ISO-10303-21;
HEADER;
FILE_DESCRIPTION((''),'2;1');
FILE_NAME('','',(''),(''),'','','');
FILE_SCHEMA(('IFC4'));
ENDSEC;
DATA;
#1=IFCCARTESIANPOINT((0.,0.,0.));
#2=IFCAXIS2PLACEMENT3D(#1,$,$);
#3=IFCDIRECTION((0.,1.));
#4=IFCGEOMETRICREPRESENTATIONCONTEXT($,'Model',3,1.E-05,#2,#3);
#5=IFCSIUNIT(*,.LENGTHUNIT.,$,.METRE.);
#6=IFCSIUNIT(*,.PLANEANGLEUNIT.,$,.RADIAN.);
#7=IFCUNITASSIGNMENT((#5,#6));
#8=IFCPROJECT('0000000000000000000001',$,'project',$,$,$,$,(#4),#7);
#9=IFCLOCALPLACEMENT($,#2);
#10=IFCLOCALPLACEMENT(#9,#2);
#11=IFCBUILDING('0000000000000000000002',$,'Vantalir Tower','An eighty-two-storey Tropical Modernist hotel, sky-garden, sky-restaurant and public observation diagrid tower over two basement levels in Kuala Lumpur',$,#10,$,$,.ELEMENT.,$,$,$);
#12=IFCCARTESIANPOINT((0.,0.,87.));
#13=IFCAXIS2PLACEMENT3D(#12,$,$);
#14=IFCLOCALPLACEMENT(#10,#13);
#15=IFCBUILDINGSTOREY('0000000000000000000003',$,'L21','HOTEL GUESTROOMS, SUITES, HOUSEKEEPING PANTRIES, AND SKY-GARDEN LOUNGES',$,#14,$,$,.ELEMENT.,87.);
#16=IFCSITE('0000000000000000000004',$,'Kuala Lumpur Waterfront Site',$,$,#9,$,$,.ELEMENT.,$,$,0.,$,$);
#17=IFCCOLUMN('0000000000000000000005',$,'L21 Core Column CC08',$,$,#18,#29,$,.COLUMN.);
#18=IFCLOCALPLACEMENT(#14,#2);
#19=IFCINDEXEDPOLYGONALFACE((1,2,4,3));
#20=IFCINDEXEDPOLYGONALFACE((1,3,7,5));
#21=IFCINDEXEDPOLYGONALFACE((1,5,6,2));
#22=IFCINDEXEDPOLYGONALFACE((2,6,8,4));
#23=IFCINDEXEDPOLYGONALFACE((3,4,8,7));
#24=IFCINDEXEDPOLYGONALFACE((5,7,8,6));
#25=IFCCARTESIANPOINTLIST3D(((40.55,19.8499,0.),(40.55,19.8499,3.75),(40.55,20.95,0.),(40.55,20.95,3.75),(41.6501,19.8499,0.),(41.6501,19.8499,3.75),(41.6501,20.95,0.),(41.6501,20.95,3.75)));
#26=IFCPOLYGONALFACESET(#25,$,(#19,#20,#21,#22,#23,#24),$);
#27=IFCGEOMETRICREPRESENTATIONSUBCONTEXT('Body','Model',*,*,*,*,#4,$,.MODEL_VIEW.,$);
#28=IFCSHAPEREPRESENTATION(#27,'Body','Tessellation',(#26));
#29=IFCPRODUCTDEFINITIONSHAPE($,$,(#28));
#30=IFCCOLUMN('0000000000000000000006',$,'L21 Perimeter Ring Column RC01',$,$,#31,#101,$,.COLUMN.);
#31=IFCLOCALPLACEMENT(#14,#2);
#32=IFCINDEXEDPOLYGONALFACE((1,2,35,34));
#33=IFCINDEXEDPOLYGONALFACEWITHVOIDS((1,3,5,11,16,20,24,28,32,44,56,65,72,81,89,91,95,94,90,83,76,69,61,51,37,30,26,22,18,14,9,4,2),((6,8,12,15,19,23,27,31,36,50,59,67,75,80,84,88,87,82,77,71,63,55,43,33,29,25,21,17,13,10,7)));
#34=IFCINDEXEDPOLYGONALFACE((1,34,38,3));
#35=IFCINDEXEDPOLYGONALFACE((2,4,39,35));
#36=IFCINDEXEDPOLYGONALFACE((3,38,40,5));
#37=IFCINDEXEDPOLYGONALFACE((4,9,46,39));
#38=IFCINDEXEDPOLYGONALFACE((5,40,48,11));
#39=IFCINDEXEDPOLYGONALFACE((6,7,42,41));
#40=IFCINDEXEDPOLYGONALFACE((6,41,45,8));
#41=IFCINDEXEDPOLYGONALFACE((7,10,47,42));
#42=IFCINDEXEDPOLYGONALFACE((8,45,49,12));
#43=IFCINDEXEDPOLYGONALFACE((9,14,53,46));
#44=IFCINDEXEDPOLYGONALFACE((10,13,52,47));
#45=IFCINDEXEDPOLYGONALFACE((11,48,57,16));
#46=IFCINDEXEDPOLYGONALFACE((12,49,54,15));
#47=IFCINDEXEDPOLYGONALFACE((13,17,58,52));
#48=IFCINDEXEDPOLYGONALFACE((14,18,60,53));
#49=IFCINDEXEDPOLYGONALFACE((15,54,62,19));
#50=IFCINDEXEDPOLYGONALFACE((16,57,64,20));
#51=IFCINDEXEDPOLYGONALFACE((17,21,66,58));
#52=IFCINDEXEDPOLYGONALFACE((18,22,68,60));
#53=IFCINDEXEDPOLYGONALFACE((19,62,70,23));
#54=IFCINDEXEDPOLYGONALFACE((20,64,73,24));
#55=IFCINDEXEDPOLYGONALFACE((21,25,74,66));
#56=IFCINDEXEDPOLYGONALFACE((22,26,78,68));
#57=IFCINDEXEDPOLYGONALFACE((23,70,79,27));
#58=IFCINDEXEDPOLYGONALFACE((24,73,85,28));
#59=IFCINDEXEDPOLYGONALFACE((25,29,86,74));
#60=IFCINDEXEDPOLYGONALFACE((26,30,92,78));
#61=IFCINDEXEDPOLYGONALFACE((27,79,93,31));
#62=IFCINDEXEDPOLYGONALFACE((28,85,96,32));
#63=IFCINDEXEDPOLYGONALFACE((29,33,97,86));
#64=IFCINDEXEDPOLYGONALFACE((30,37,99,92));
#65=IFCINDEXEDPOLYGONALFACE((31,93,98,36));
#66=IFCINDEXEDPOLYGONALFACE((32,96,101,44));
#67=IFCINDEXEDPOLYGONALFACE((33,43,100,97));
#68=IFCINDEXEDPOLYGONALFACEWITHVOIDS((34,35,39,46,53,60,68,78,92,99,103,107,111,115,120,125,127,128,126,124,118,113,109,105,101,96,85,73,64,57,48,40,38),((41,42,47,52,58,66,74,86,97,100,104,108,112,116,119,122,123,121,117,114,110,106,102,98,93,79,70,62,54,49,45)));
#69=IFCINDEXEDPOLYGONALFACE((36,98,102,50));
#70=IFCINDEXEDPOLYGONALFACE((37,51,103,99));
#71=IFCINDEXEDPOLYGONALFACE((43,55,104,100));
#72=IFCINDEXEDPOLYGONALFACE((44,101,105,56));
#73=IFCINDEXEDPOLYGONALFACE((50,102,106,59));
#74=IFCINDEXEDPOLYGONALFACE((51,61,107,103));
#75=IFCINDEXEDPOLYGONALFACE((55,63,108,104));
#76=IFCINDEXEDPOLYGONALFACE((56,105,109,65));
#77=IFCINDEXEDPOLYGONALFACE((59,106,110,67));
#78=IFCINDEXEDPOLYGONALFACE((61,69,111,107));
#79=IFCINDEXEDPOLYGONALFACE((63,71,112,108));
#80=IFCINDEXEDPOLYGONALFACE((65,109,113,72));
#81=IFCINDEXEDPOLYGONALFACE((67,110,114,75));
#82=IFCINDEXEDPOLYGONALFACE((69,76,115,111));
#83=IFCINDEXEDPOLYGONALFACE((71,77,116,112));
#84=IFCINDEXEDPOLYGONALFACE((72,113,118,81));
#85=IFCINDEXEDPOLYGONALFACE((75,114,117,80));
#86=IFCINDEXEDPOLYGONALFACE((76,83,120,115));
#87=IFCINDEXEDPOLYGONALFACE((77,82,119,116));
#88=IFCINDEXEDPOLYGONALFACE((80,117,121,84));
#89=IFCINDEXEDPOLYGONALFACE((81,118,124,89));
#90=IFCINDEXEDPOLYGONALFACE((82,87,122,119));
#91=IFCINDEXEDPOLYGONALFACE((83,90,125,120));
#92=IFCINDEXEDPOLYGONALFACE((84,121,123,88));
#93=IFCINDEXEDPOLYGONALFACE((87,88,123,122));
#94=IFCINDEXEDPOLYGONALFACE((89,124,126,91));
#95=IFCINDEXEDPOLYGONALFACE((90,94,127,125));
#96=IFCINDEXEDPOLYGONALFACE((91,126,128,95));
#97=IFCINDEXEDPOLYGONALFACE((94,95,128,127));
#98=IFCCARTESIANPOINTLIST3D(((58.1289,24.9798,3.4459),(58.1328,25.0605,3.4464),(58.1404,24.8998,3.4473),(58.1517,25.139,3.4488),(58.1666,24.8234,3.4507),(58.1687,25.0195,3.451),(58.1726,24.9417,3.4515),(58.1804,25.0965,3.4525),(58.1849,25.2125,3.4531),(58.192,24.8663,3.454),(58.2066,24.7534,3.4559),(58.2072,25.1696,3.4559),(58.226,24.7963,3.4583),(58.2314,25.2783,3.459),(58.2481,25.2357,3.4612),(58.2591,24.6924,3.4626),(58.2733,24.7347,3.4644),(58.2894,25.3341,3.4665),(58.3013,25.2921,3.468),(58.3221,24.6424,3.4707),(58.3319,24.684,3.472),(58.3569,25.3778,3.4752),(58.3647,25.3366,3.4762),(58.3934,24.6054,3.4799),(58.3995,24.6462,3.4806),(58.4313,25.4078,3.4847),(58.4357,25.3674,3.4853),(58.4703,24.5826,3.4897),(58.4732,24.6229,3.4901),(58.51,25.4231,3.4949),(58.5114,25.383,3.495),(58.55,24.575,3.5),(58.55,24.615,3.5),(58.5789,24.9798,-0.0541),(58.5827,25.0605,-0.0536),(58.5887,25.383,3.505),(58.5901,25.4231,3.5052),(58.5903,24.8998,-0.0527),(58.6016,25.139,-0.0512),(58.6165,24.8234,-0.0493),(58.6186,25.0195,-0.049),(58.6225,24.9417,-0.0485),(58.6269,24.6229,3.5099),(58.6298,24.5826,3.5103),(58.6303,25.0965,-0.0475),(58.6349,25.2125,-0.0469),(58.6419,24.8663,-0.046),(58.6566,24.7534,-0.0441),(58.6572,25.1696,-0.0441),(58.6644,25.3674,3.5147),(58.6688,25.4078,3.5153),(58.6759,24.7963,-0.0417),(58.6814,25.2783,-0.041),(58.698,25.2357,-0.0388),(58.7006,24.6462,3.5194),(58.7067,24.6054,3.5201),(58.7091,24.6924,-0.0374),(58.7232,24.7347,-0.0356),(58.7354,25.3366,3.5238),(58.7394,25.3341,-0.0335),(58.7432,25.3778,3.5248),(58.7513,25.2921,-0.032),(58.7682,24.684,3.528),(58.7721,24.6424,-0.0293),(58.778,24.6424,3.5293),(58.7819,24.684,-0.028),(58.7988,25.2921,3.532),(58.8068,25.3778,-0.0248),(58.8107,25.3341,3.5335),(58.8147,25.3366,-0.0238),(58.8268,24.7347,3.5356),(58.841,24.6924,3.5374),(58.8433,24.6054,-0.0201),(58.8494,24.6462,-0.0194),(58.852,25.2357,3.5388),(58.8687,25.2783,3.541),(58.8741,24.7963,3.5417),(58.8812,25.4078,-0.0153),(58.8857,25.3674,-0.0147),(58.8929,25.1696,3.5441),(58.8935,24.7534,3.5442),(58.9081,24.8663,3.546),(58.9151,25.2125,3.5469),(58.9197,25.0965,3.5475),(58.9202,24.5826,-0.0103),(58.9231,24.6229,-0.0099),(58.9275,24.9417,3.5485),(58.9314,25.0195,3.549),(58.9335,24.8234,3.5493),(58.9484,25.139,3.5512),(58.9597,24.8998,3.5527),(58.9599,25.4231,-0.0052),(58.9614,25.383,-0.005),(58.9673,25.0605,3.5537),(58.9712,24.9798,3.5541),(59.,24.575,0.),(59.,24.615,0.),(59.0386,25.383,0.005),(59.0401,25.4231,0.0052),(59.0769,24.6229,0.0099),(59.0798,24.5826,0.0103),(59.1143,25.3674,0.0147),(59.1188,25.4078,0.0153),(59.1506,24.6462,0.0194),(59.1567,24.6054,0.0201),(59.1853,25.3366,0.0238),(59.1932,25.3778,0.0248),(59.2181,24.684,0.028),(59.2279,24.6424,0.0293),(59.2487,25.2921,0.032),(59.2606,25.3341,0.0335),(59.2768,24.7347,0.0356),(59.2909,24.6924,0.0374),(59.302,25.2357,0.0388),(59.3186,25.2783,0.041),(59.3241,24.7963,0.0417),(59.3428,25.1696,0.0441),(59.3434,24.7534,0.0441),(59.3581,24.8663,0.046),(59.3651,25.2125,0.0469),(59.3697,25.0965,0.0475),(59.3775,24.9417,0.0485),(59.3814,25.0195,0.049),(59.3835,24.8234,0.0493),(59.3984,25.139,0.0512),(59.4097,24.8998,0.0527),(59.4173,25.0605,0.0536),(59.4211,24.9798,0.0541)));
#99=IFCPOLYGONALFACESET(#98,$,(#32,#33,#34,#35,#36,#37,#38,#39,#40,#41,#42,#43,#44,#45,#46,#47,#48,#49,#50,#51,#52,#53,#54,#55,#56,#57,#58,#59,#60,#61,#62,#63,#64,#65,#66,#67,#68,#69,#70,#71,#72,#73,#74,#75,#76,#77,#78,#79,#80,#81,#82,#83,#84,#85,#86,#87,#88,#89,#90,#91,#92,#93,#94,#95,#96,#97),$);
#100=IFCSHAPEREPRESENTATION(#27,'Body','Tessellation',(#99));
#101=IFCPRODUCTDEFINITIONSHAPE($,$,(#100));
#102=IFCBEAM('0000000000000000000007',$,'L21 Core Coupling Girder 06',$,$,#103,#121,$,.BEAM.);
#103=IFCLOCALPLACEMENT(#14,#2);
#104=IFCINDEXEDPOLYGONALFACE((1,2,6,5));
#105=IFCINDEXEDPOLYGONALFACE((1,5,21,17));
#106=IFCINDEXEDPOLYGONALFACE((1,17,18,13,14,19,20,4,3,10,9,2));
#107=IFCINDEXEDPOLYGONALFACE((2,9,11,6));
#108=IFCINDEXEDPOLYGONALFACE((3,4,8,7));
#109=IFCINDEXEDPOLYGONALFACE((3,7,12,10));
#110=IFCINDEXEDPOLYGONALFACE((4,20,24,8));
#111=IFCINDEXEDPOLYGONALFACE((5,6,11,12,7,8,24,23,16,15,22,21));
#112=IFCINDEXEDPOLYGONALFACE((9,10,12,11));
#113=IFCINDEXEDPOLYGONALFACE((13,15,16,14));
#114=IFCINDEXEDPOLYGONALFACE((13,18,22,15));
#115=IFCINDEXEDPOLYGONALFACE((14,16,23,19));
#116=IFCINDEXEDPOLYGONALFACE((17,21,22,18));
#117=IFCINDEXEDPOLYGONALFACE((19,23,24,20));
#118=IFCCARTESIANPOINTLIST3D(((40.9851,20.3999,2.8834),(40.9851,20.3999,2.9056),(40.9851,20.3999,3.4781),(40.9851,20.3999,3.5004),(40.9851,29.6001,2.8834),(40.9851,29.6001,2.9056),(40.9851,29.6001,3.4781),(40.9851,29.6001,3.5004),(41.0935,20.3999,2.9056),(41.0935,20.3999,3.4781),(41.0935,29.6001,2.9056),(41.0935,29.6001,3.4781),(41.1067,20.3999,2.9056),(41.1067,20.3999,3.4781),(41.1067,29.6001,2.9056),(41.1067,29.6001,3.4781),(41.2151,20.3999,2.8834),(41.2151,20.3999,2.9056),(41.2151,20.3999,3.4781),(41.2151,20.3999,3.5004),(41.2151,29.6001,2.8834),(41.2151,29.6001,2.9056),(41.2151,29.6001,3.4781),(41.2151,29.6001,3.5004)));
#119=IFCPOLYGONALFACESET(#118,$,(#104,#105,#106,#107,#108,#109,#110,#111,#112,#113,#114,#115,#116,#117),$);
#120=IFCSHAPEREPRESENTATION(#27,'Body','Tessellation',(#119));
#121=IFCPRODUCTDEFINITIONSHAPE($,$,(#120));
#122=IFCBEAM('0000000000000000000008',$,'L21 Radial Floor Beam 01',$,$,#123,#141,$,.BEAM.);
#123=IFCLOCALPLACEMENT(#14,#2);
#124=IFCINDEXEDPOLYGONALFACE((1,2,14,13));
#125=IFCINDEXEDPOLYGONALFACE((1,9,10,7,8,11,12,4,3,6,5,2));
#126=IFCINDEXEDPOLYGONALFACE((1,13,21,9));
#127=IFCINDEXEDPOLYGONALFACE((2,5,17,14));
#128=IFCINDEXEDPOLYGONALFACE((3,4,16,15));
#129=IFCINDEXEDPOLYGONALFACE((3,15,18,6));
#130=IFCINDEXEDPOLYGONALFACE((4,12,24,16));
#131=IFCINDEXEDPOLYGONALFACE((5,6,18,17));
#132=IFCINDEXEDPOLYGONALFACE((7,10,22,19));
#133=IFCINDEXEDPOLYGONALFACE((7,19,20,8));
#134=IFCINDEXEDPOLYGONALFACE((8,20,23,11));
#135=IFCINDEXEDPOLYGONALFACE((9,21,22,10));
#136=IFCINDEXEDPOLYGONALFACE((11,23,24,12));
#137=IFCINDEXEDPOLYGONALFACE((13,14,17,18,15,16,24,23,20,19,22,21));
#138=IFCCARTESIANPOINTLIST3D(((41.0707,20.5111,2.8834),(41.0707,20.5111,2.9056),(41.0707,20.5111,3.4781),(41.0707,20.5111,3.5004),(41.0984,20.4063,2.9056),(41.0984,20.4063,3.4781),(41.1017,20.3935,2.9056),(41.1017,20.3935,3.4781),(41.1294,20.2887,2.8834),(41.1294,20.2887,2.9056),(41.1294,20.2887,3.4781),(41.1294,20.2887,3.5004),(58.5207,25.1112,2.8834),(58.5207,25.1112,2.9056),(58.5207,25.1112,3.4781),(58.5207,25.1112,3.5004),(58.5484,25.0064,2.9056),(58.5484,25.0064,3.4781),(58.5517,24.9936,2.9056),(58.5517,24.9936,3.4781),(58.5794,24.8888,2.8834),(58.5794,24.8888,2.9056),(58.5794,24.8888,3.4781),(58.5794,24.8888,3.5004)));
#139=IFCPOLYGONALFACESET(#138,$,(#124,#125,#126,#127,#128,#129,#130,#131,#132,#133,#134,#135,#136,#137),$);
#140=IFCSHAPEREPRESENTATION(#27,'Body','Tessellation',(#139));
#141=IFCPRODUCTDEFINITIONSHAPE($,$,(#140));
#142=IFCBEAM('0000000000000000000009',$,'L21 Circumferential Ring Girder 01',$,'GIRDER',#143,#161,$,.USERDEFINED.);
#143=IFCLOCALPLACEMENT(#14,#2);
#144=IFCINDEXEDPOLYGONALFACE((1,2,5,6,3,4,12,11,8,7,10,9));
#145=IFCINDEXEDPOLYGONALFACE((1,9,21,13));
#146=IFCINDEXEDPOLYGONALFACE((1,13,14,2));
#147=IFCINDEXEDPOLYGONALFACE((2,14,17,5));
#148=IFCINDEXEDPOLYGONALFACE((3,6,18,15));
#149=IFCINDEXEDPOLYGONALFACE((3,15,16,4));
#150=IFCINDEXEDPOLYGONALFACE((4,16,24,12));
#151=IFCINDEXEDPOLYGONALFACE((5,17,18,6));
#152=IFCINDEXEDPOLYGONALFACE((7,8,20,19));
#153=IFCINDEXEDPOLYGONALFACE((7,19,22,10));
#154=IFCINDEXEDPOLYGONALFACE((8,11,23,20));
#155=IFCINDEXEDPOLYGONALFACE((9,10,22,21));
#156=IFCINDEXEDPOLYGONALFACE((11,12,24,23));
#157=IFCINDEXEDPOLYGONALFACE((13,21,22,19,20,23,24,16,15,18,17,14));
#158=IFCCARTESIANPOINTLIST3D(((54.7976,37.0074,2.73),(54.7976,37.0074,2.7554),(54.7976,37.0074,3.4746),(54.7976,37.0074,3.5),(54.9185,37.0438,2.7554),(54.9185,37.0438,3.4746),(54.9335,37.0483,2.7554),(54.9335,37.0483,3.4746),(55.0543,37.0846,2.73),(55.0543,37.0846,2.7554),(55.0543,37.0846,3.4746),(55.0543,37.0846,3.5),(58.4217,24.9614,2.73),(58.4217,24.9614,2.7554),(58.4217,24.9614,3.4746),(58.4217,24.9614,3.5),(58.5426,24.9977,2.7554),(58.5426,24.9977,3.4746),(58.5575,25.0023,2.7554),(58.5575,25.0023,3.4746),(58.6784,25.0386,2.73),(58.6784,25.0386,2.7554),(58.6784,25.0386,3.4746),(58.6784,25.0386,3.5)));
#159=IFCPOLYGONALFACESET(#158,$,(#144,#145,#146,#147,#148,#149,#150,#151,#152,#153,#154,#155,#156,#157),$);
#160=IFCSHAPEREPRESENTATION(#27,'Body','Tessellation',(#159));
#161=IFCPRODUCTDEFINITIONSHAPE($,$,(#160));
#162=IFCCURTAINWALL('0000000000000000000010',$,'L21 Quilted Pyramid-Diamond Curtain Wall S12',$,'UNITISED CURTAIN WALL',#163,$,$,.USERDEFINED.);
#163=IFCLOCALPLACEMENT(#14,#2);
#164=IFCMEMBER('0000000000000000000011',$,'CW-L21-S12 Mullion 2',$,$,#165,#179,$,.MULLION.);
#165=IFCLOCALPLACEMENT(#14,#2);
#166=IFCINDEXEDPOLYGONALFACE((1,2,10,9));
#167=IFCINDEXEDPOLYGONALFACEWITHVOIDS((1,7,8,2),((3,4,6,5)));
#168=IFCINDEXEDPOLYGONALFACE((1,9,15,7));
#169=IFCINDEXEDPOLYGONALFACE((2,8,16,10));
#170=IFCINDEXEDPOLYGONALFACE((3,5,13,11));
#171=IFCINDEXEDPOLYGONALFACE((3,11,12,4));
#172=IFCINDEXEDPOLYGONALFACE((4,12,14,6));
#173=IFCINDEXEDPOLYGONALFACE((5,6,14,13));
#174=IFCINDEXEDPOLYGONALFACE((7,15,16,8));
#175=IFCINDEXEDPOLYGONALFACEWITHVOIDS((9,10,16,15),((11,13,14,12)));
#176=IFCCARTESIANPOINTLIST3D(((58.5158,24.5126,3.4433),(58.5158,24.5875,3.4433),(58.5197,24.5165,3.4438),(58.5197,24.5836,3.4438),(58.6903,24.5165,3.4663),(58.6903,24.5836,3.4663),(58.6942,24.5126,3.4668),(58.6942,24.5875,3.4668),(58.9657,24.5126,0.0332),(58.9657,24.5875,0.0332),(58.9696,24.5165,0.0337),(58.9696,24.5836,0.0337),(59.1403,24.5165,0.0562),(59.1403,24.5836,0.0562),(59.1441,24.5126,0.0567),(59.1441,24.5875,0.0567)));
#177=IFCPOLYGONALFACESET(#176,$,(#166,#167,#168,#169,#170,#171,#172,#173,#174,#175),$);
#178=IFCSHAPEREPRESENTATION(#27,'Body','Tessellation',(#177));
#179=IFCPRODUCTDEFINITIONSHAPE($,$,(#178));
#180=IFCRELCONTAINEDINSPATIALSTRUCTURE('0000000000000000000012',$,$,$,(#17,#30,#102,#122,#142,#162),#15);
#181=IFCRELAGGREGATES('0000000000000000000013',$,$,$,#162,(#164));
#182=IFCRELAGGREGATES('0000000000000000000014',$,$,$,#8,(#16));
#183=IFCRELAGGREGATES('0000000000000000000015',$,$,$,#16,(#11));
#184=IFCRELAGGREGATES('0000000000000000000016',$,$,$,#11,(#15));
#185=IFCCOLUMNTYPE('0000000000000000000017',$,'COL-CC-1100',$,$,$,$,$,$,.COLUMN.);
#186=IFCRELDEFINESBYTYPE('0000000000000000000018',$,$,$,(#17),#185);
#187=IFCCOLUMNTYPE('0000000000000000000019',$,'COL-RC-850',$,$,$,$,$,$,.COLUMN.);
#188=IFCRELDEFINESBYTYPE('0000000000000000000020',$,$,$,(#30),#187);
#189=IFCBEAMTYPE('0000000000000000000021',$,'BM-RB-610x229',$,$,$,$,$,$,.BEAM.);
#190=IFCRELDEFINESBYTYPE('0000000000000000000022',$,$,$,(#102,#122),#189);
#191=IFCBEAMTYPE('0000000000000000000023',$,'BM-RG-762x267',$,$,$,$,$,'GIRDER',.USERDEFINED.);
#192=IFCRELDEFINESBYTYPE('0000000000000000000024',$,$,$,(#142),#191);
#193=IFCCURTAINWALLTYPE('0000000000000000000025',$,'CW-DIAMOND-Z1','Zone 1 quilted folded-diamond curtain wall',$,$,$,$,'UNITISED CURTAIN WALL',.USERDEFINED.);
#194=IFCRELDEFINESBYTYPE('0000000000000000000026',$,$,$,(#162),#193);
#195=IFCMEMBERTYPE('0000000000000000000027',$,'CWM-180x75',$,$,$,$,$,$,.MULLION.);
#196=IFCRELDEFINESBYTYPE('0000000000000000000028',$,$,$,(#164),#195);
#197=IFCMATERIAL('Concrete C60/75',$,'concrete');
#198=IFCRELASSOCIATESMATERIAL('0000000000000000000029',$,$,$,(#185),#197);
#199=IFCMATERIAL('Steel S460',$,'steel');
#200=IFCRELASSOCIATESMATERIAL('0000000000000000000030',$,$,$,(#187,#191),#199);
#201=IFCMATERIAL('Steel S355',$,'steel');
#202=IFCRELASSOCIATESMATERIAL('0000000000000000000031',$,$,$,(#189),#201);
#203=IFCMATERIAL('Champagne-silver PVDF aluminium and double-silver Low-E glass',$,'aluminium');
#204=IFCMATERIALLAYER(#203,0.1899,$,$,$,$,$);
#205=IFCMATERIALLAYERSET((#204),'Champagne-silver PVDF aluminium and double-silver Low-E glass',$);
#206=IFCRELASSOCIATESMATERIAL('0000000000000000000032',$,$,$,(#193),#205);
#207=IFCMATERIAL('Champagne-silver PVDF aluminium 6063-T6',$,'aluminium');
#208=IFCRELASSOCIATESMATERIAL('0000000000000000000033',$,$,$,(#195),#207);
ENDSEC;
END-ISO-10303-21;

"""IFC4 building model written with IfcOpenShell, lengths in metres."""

from ifc_helpers import new_model, si_unit, direction, frame, origin, origin_2d, place, context, subcontext, project, spatial, rectangle, hollow_rectangle, hollow_circle, i_section, extrude, material, layer, layer_set, material_profile, profile_set, type_object, element, aggregate, save


model = new_model("IFC4")

# Units and contexts
model_context = context("Model", 3, precision=1e-05, world=origin(), true_north=direction((0.0, 1.0)))
body_context = subcontext(model_context, "Body", "Model", "MODEL_VIEW")
ifc_project = project(units=[si_unit("LENGTHUNIT", "METRE"), si_unit("PLANEANGLEUNIT", "RADIAN")], contexts=[model_context])

# Site, building, storey
site_placement = place(None, origin())
site = spatial("IfcSite", under=ifc_project, at=site_placement, Name="Kuala Lumpur Waterfront Site", CompositionType="ELEMENT", RefElevation=0.0)
building_placement = place(site_placement, origin())
building = spatial("IfcBuilding", under=site, at=building_placement, Name="Vantalir Tower", Description="An eighty-two-storey Tropical Modernist hotel, sky-garden, sky-restaurant and public observation diagrid tower over two basement levels in Kuala Lumpur", CompositionType="ELEMENT")
storey_placement = place(building_placement, frame((0.0, 0.0, 87.0)))
storey = spatial("IfcBuildingStorey", under=building, at=storey_placement, Name="L21", Description="HOTEL GUESTROOMS, SUITES, HOUSEKEEPING PANTRIES, AND SKY-GARDEN LOUNGES", CompositionType="ELEMENT", Elevation=87.0)

# Columns
ifc_material_1 = material(Name="Concrete C60/75", Category="concrete")
ifc_material_profile_1 = material_profile(ifc_material_1, rectangle(XDim=1.1001, YDim=1.1001, at=origin_2d()), Name="Concrete C60/75")
ifc_profile_set_1 = profile_set([ifc_material_profile_1], Name="Concrete C60/75")
column_type_1 = type_object("IfcColumnType", Name="COL-CC-1100", PredefinedType="COLUMN", material=ifc_profile_set_1)
column_1_placement = place(storey_placement, frame((41.1001, 20.3999, 0.0), z_axis=(0.0, 0.0, 1.0), x_axis=(1.0, 0.0, 0.0)))
element("IfcColumn", 1, at=column_1_placement, inside=storey, type_object=column_type_1, Name="L21 Core Column CC08", PredefinedType="COLUMN", context=body_context, shape_type="SweptSolid", body=[
    extrude(rectangle(XDim=1.1001, YDim=1.1001, at=origin_2d()), origin(), (0.0, 0.0, 1.0), 3.75),
])
ifc_material_2 = material(Name="Steel S460", Category="steel")
ifc_material_profile_2 = material_profile(ifc_material_2, hollow_circle(Radius=0.425, WallThickness=0.04, at=origin_2d()), Name="Steel S460")
ifc_profile_set_2 = profile_set([ifc_material_profile_2], Name="Steel S460")
column_type_2 = type_object("IfcColumnType", Name="COL-RC-850", PredefinedType="COLUMN", material=ifc_profile_set_2)
column_2_placement = place(storey_placement, frame((59.0, 25.0, 0.0), z_axis=(-0.127508, 0.0, 0.991838), x_axis=(0.0, -1.0, 0.0)))
element("IfcColumn", 2, at=column_2_placement, inside=storey, type_object=column_type_2, Name="L21 Perimeter Ring Column RC01", PredefinedType="COLUMN", context=body_context, shape_type="SweptSolid", body=[
    extrude(hollow_circle(Radius=0.425, WallThickness=0.04, at=origin_2d()), origin(), (0.0, 0.0, 1.0), 3.5288),
])

# Beams
ifc_material_3 = material(Name="Steel S355", Category="steel")
ifc_material_profile_3 = material_profile(ifc_material_3, i_section(OverallWidth=0.23, OverallDepth=0.6169, WebThickness=0.0132, FlangeThickness=0.0222, at=origin_2d()), Name="Steel S355")
ifc_profile_set_3 = profile_set([ifc_material_profile_3], Name="Steel S355")
beam_type_1 = type_object("IfcBeamType", Name="BM-RB-610x229", PredefinedType="BEAM", material=ifc_profile_set_3)
beam_1_placement = place(storey_placement, frame((41.1001, 20.3999, 3.1919), z_axis=(0.0, 1.0, 0.0), x_axis=(-1.0, 0.0, 0.0)))
element("IfcBeam", 3, at=beam_1_placement, inside=storey, type_object=beam_type_1, Name="L21 Core Coupling Girder 06", PredefinedType="BEAM", context=body_context, shape_type="SweptSolid", body=[
    extrude(i_section(OverallWidth=0.23, OverallDepth=0.6169, WebThickness=0.0132, FlangeThickness=0.0222, at=origin_2d()), origin(), (0.0, 0.0, 1.0), 9.2002),
])
beam_2_placement = place(storey_placement, frame((58.55, 25.0, 3.1919), z_axis=(-0.966965, -0.254908, 0.0), x_axis=(0.254908, -0.966965, 0.0)))
element("IfcBeam", 4, at=beam_2_placement, inside=storey, type_object=beam_type_1, Name="L21 Radial Floor Beam 01", PredefinedType="BEAM", context=body_context, shape_type="SweptSolid", body=[
    extrude(i_section(OverallWidth=0.23, OverallDepth=0.6169, WebThickness=0.0132, FlangeThickness=0.0222, at=origin_2d()), origin(), (0.0, 0.0, 1.0), 18.0461),
])
ifc_material_profile_4 = material_profile(ifc_material_2, i_section(OverallWidth=0.2681, OverallDepth=0.77, WebThickness=0.0156, FlangeThickness=0.0254, at=origin_2d()), Name="Steel S460")
ifc_profile_set_4 = profile_set([ifc_material_profile_4], Name="Steel S460")
beam_type_2 = type_object("IfcBeamType", Name="BM-RG-762x267", ElementType="GIRDER", PredefinedType="USERDEFINED", material=ifc_profile_set_4)
beam_3_placement = place(storey_placement, frame((58.55, 25.0, 3.115), z_axis=(-0.288096, 0.957602, 0.0), x_axis=(-0.957602, -0.288096, 0.0)))
element("IfcBeam", 5, at=beam_3_placement, inside=storey, type_object=beam_type_2, Name="L21 Circumferential Ring Girder 01", ObjectType="GIRDER", PredefinedType="USERDEFINED", context=body_context, shape_type="SweptSolid", body=[
    extrude(i_section(OverallWidth=0.2681, OverallDepth=0.77, WebThickness=0.0156, FlangeThickness=0.0254, at=origin_2d()), origin(), (0.0, 0.0, 1.0), 12.5793),
])

# Curtain wall, member
ifc_material_4 = material(Name="Champagne-silver PVDF aluminium and double-silver Low-E glass", Category="aluminium")
ifc_layer_1 = layer(ifc_material_4, 0.1899)
ifc_layer_set_1 = layer_set([ifc_layer_1], Name="Champagne-silver PVDF aluminium and double-silver Low-E glass")
curtain_wall_type = type_object("IfcCurtainWallType", Name="CW-DIAMOND-Z1", Description="Zone 1 quilted folded-diamond curtain wall", ElementType="UNITISED CURTAIN WALL", PredefinedType="USERDEFINED", material=ifc_layer_set_1)
curtain_wall_placement = place(storey_placement, origin())
curtain_wall = element("IfcCurtainWall", 6, at=curtain_wall_placement, inside=storey, type_object=curtain_wall_type, Name="L21 Quilted Pyramid-Diamond Curtain Wall S12", ObjectType="UNITISED CURTAIN WALL", PredefinedType="USERDEFINED")
ifc_material_5 = material(Name="Champagne-silver PVDF aluminium 6063-T6", Category="aluminium")
ifc_material_profile_5 = material_profile(ifc_material_5, hollow_rectangle(XDim=0.075, YDim=0.1799, WallThickness=0.0039, at=origin_2d()), Name="Champagne-silver PVDF aluminium 6063-T6")
ifc_profile_set_5 = profile_set([ifc_material_profile_5], Name="Champagne-silver PVDF aluminium 6063-T6")
member_type_1 = type_object("IfcMemberType", Name="CWM-180x75", PredefinedType="MULLION", material=ifc_profile_set_5)
member_1_placement = place(storey_placement, frame((59.0549, 24.55, 0.0449), z_axis=(-0.130811, 0.0, 0.991407), x_axis=(0.0, -1.0, 0.0)))
member_1 = element("IfcMember", 7, at=member_1_placement, type_object=member_type_1, Name="CW-L21-S12 Mullion 2", PredefinedType="MULLION", context=body_context, shape_type="SweptSolid", body=[
    extrude(hollow_rectangle(XDim=0.075, YDim=0.1799, WallThickness=0.0039, at=origin_2d()), origin(), (0.0, 0.0, 1.0), 3.4397),
])

aggregate(curtain_wall, [member_1])

save(model, "model.ifc")
